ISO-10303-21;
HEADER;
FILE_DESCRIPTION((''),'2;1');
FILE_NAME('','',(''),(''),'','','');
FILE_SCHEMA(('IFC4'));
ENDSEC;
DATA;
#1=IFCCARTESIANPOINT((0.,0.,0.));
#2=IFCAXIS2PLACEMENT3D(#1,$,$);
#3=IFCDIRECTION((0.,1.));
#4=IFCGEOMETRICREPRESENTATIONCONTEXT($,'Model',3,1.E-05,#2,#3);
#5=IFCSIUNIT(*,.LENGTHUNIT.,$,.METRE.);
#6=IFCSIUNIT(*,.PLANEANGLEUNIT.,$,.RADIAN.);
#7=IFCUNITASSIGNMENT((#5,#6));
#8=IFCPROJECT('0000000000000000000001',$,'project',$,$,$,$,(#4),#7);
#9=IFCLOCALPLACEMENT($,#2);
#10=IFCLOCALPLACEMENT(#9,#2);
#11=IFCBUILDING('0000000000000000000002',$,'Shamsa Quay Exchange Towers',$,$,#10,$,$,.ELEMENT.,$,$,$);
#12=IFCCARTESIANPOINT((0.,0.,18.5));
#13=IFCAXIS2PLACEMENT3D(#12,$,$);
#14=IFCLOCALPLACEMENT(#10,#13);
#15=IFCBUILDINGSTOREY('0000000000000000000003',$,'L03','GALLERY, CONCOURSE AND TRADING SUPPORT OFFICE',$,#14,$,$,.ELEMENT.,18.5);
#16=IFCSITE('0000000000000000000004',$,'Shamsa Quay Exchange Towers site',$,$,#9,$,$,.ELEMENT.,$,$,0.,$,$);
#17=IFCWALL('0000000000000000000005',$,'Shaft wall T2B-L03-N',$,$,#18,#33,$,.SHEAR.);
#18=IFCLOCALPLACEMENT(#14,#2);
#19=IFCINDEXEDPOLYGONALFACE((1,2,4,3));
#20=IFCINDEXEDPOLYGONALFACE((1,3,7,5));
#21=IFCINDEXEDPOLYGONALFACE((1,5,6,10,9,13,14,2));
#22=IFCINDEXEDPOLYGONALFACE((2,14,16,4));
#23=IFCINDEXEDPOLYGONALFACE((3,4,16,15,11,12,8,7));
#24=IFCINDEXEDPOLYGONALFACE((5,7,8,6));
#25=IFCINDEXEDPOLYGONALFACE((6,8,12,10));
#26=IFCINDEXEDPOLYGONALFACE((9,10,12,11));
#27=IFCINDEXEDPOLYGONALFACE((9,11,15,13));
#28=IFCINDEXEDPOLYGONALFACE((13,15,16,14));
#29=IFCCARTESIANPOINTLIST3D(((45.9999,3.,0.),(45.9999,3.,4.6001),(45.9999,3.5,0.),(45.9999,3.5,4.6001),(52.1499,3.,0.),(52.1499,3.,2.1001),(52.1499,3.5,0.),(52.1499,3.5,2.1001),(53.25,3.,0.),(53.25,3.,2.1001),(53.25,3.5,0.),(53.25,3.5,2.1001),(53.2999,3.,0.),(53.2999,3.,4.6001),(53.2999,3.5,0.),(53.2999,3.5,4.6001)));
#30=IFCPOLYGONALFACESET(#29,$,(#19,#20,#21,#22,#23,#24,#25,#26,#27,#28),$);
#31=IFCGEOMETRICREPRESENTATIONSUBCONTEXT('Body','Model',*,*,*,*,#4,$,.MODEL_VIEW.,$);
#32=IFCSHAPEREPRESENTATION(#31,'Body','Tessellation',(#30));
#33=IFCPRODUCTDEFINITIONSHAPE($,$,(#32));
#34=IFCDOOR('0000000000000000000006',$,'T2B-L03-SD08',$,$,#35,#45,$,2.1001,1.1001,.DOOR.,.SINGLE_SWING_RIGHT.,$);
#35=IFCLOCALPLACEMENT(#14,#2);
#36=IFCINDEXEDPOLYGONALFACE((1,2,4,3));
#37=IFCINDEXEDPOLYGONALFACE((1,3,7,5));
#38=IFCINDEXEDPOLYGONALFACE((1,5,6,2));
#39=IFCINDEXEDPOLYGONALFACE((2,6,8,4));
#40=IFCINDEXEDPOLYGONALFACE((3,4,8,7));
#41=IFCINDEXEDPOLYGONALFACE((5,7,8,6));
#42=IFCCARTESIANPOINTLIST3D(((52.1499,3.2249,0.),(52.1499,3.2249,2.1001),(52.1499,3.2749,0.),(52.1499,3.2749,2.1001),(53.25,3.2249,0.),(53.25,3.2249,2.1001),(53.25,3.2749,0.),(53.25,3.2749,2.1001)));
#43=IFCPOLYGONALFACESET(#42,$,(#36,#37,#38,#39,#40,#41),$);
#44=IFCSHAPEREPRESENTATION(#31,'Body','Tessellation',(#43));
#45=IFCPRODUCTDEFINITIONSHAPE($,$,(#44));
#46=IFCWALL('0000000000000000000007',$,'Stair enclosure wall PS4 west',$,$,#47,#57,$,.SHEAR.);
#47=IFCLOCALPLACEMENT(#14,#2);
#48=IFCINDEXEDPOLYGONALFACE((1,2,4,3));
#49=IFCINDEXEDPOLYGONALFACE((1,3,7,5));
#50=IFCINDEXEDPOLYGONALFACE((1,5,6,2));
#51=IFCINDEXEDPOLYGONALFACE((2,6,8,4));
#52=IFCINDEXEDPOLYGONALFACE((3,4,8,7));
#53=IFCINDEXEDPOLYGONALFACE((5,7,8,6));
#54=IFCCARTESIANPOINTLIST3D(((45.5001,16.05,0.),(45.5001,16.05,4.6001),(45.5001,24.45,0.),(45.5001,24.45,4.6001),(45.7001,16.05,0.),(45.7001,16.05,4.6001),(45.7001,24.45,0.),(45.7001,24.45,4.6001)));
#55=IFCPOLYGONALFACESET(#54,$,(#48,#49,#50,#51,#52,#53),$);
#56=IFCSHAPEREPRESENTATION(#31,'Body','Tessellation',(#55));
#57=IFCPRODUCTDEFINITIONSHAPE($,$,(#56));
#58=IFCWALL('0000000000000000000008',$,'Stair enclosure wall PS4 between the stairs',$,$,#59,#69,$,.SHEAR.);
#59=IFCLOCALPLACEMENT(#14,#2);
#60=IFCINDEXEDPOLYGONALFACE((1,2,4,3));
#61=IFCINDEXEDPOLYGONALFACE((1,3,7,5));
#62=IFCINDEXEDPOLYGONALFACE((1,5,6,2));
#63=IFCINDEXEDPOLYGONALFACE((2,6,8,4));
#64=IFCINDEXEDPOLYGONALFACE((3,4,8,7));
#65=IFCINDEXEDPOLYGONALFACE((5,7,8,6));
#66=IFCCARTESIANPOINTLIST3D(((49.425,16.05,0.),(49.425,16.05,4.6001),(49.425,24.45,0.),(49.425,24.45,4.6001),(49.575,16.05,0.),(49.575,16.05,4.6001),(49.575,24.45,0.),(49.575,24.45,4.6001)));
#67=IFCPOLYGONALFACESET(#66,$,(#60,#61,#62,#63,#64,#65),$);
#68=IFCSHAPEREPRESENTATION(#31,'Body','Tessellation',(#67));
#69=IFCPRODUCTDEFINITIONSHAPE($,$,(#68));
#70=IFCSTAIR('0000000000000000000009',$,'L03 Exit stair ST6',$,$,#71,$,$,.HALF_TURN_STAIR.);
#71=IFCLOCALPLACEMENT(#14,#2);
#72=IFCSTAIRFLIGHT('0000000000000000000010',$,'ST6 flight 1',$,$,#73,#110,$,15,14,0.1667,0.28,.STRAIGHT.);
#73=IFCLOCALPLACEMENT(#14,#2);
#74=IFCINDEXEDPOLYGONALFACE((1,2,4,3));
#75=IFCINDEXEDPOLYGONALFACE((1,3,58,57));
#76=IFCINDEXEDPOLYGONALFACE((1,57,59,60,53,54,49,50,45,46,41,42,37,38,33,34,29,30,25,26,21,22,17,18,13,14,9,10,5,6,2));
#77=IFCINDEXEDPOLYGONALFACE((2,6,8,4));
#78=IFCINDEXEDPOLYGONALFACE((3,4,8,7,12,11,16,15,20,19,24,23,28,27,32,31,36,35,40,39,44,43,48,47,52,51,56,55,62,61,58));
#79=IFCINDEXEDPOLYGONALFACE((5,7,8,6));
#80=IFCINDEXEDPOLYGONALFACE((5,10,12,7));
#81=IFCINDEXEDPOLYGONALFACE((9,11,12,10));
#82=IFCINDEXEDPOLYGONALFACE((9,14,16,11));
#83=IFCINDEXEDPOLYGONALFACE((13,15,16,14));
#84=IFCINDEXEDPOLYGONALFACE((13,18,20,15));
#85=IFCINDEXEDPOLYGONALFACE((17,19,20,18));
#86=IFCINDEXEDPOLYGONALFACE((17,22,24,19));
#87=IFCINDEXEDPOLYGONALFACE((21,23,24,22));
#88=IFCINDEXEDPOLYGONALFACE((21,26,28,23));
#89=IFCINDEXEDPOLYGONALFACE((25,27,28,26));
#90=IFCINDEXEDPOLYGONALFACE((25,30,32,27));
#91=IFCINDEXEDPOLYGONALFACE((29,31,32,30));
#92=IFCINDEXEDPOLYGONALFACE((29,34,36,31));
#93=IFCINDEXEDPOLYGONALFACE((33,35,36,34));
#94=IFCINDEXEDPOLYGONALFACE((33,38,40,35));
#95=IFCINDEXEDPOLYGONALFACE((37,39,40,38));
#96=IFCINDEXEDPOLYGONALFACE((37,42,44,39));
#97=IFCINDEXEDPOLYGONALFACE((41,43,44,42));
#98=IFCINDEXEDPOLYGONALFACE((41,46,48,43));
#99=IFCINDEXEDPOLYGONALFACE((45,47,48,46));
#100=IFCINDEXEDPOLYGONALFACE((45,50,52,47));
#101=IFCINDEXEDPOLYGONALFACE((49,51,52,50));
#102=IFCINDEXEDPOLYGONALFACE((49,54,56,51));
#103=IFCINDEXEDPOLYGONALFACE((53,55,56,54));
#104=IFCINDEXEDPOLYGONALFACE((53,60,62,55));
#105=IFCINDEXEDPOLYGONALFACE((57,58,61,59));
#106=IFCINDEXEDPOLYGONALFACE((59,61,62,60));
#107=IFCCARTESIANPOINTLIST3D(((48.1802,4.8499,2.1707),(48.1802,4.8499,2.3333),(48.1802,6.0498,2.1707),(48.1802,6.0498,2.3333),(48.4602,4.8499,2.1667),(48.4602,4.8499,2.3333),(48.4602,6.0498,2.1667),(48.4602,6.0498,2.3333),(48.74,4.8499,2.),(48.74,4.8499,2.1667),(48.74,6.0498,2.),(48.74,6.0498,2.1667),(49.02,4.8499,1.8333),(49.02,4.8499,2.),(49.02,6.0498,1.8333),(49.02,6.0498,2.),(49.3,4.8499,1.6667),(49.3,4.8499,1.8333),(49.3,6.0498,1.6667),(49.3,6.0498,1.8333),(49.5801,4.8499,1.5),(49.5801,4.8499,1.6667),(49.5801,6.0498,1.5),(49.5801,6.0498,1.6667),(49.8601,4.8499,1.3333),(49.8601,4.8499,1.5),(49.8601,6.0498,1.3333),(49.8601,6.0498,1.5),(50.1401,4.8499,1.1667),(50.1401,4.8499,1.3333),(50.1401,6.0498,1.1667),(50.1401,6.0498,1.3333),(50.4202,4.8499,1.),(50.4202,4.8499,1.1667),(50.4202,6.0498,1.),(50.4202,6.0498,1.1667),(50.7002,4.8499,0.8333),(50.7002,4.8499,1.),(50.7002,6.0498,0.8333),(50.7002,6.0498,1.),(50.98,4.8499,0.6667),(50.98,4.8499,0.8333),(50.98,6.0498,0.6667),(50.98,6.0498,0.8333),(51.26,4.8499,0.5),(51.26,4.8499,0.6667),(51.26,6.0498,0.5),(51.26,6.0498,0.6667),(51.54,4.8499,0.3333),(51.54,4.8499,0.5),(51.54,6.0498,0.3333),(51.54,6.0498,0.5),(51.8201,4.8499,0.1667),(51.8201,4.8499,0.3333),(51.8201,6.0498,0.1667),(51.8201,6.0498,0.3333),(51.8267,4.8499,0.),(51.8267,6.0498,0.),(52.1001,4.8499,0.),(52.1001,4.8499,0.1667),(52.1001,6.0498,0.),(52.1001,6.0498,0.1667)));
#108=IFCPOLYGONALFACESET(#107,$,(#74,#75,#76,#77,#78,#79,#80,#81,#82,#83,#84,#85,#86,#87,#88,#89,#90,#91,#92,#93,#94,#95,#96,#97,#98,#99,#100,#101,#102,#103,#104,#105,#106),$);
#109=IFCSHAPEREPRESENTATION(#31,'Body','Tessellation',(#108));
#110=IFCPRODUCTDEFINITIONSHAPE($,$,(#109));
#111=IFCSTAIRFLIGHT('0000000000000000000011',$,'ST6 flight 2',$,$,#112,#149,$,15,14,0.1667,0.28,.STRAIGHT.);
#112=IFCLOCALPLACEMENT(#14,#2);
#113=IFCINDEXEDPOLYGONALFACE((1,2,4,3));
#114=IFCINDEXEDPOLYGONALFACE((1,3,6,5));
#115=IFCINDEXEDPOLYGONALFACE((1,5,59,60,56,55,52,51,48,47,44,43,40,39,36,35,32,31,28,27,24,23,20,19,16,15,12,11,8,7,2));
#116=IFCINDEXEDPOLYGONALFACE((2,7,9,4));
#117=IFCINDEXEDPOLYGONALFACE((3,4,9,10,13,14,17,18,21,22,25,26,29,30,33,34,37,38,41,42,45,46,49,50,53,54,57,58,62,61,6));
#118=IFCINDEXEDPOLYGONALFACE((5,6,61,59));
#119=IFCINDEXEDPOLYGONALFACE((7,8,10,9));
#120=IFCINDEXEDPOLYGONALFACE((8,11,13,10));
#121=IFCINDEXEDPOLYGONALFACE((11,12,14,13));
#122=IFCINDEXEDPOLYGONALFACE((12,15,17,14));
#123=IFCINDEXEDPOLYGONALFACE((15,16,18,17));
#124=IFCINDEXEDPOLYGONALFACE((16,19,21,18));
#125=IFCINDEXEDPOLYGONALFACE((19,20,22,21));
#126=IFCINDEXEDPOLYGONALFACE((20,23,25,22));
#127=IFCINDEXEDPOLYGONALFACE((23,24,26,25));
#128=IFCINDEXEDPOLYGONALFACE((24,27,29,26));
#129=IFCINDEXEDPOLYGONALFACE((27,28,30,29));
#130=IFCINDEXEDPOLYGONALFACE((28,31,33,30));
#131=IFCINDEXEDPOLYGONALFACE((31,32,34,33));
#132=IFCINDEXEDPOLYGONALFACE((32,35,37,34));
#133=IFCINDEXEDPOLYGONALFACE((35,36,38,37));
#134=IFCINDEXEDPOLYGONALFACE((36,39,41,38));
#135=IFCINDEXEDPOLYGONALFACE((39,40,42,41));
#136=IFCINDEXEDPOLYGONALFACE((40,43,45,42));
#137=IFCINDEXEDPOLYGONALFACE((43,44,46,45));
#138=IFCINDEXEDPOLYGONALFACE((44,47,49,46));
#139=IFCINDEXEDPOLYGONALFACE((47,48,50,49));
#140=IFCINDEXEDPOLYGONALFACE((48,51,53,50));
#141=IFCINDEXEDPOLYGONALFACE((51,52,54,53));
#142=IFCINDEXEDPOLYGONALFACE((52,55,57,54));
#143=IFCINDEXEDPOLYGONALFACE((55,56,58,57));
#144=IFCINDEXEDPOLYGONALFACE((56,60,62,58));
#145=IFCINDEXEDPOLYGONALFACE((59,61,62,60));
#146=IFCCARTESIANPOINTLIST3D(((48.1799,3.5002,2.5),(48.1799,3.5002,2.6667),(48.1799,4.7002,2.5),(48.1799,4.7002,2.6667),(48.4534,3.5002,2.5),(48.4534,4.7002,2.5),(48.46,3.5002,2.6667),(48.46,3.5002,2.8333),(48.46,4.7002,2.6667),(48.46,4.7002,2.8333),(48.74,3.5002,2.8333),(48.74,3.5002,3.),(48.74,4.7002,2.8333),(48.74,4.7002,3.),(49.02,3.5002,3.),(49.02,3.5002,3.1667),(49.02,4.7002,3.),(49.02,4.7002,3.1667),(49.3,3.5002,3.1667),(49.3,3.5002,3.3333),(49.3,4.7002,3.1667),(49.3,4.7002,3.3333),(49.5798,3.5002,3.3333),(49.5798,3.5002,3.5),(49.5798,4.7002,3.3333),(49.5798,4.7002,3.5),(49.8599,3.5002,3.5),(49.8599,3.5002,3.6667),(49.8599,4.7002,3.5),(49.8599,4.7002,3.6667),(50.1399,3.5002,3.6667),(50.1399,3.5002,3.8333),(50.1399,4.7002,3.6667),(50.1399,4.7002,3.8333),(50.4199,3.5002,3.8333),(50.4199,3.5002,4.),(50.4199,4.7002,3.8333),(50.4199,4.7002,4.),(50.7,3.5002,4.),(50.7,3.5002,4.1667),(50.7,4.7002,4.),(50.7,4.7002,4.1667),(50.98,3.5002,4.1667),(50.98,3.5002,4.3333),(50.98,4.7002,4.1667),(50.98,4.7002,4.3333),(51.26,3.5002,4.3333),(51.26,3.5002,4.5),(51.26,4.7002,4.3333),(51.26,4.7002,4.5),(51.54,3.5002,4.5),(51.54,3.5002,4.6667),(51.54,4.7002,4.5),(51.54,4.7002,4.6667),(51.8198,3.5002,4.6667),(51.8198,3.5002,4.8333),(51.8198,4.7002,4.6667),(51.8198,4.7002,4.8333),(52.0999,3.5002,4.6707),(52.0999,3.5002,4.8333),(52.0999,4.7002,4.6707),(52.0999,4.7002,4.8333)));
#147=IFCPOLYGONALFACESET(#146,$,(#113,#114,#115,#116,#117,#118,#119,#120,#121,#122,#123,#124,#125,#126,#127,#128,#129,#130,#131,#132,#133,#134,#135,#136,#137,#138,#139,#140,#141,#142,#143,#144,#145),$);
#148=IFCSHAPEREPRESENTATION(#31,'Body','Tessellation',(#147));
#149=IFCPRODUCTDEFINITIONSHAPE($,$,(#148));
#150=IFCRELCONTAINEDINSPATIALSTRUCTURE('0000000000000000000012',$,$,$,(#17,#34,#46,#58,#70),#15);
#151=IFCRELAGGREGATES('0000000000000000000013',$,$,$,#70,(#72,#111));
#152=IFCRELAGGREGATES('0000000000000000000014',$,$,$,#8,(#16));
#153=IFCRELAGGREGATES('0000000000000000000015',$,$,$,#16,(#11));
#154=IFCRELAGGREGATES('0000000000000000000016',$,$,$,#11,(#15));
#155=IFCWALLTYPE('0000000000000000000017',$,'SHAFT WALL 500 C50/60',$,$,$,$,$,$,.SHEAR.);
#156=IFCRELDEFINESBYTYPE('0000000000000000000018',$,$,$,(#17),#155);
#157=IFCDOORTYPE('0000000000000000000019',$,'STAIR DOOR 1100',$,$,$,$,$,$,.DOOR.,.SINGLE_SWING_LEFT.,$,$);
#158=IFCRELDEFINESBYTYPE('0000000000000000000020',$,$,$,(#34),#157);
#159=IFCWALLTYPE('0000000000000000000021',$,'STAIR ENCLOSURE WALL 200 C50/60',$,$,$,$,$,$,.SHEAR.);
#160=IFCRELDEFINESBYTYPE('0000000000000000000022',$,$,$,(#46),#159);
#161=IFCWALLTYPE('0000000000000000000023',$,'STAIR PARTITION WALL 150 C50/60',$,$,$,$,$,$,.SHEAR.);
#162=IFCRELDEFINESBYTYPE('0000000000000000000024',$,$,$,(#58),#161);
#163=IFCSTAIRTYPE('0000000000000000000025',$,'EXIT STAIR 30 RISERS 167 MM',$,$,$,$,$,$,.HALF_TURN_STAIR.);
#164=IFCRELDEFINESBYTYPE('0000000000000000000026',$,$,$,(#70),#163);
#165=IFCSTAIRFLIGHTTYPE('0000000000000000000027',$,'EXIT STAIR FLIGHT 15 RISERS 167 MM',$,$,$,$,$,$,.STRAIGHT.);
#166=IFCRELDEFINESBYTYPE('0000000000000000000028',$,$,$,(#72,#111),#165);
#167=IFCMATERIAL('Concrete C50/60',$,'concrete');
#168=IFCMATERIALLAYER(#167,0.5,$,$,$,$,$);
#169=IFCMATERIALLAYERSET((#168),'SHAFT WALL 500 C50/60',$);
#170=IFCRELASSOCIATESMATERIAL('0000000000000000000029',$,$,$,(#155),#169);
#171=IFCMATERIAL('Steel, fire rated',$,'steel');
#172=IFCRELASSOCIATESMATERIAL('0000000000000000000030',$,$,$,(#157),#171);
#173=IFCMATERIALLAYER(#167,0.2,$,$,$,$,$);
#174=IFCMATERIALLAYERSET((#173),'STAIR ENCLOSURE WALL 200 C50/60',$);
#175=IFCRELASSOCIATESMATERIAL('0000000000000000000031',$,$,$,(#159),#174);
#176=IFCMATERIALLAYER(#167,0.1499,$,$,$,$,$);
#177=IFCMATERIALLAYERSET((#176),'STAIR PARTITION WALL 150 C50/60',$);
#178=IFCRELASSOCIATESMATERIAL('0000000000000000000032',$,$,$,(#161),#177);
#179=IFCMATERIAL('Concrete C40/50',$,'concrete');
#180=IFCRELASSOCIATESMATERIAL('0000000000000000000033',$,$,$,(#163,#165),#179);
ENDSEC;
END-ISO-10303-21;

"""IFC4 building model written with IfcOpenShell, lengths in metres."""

from ifc_helpers import new_model, si_unit, direction, frame, frame_2d, origin, place, context, subcontext, project, spatial, polyline, rectangle, outline, extrude, material, layer, layer_set, type_object, element, fill, aggregate, save


model = new_model("IFC4")

# Units and contexts
model_context = context("Model", 3, precision=1e-05, world=origin(), true_north=direction((0.0, 1.0)))
body_context = subcontext(model_context, "Body", "Model", "MODEL_VIEW")
ifc_project = project(units=[si_unit("LENGTHUNIT", "METRE"), si_unit("PLANEANGLEUNIT", "RADIAN")], contexts=[model_context])

# Site, building, storey
site_placement = place(None, origin())
site = spatial("IfcSite", under=ifc_project, at=site_placement, Name="Shamsa Quay Exchange Towers site", CompositionType="ELEMENT", RefElevation=0.0)
building_placement = place(site_placement, origin())
building = spatial("IfcBuilding", under=site, at=building_placement, Name="Shamsa Quay Exchange Towers", CompositionType="ELEMENT")
storey_placement = place(building_placement, frame((0.0, 0.0, 18.5)))
storey = spatial("IfcBuildingStorey", under=building, at=storey_placement, Name="L03", Description="GALLERY, CONCOURSE AND TRADING SUPPORT OFFICE", CompositionType="ELEMENT", Elevation=18.5)

# Shared definitions
ifc_material_1 = material(Name="Concrete C50/60", Category="concrete")
ifc_material_2 = material(Name="Steel, fire rated", Category="steel")

# Wall, opening, door
ifc_layer_1 = layer(ifc_material_1, 0.5)
ifc_layer_set_1 = layer_set([ifc_layer_1], Name="SHAFT WALL 500 C50/60")
wall_type_1 = type_object("IfcWallType", Name="SHAFT WALL 500 C50/60", PredefinedType="SHEAR", material=ifc_layer_set_1)
wall_1_placement = place(storey_placement, frame((46.0, 3.25, 0.0)))
wall_1 = element("IfcWall", 1, at=wall_1_placement, inside=storey, type_object=wall_type_1, Name="Shaft wall T2B-L03-N", PredefinedType="SHEAR", context=body_context, shape_type="SweptSolid", body=[
    extrude(rectangle(XDim=7.3, YDim=0.5, at=frame_2d((3.6499, 0.0))), origin(), (0.0, 0.0, 1.0), 4.6001),
])
opening_1_placement = place(wall_1_placement, frame((6.1499, 0.0, 0.0)))
opening_1 = element("IfcOpeningElement", 2, at=opening_1_placement, cuts=wall_1, PredefinedType="OPENING", context=body_context, shape_type="SweptSolid", body=[
    extrude(rectangle(XDim=1.1001, YDim=2.1001, at=frame_2d((0.55, 1.05))), frame((0.0, 0.26, 0.0), z_axis=(0.0, -1.0, 0.0), x_axis=(1.0, 0.0, 0.0)), (0.0, 0.0, 1.0), 0.52),
])
door_type_1 = type_object("IfcDoorType", Name="STAIR DOOR 1100", OperationType="SINGLE_SWING_LEFT", PredefinedType="DOOR", material=ifc_material_2)
door_1_placement = place(opening_1_placement, origin())
door_1 = element("IfcDoor", 3, at=door_1_placement, inside=storey, type_object=door_type_1, Name="T2B-L03-SD08", OperationType="SINGLE_SWING_RIGHT", OverallHeight=2.1001, OverallWidth=1.1001, PredefinedType="DOOR", context=body_context, shape_type="SweptSolid", body=[
    extrude(rectangle(XDim=1.1001, YDim=2.1001, at=frame_2d((0.55, 1.05))), frame((0.0, 0.0249, 0.0), z_axis=(0.0, -1.0, 0.0), x_axis=(1.0, 0.0, 0.0)), (0.0, 0.0, 1.0), 0.05),
])
fill(opening_1, door_1)

# Shared definitions
ifc_layer_2 = layer(ifc_material_1, 0.2)
ifc_layer_set_2 = layer_set([ifc_layer_2], Name="STAIR ENCLOSURE WALL 200 C50/60")
wall_type_2 = type_object("IfcWallType", Name="STAIR ENCLOSURE WALL 200 C50/60", PredefinedType="SHEAR", material=ifc_layer_set_2)

# Walls
wall_2_placement = place(storey_placement, frame((45.6001, 16.05, 0.0), z_axis=(0.0, 0.0, 1.0), x_axis=(0.0, 1.0, 0.0)))
element("IfcWall", 4, at=wall_2_placement, inside=storey, type_object=wall_type_2, Name="Stair enclosure wall PS4 west", PredefinedType="SHEAR", context=body_context, shape_type="SweptSolid", body=[
    extrude(rectangle(XDim=8.3999, YDim=0.2, at=frame_2d((4.2, 0.0))), origin(), (0.0, 0.0, 1.0), 4.6001),
])
ifc_layer_3 = layer(ifc_material_1, 0.1499)
ifc_layer_set_3 = layer_set([ifc_layer_3], Name="STAIR PARTITION WALL 150 C50/60")
wall_type_3 = type_object("IfcWallType", Name="STAIR PARTITION WALL 150 C50/60", PredefinedType="SHEAR", material=ifc_layer_set_3)
wall_3_placement = place(storey_placement, frame((49.5, 16.05, 0.0), z_axis=(0.0, 0.0, 1.0), x_axis=(0.0, 1.0, 0.0)))
element("IfcWall", 5, at=wall_3_placement, inside=storey, type_object=wall_type_3, Name="Stair enclosure wall PS4 between the stairs", PredefinedType="SHEAR", context=body_context, shape_type="SweptSolid", body=[
    extrude(rectangle(XDim=8.3999, YDim=0.1499, at=frame_2d((4.2, 0.0))), origin(), (0.0, 0.0, 1.0), 4.6001),
])

# Stair, stair flights
ifc_material_3 = material(Name="Concrete C40/50", Category="concrete")
stair_type = type_object("IfcStairType", Name="EXIT STAIR 30 RISERS 167 MM", PredefinedType="HALF_TURN_STAIR", material=ifc_material_3)
stair_placement = place(storey_placement, origin())
stair = element("IfcStair", 6, at=stair_placement, inside=storey, type_object=stair_type, Name="L03 Exit stair ST6", PredefinedType="HALF_TURN_STAIR")
stair_flight_type = type_object("IfcStairFlightType", Name="EXIT STAIR FLIGHT 15 RISERS 167 MM", PredefinedType="STRAIGHT", material=ifc_material_3)
stair_flight_1_placement = place(storey_placement, frame((52.1001, 5.45, 0.0), z_axis=(0.0, 0.0, 1.0), x_axis=(-1.0, 0.0, 0.0)))
stair_flight_1 = element("IfcStairFlight", 7, at=stair_flight_1_placement, type_object=stair_flight_type, Name="ST6 flight 1", NumberOfRisers=15, NumberOfTreads=14, PredefinedType="STRAIGHT", RiserHeight=0.1667, TreadLength=0.28, context=body_context, shape_type="SweptSolid", body=[
    extrude(outline(polyline([(0.0, 0.0), (0.0, 0.1667), (0.28, 0.1667), (0.28, 0.3333), (0.5601, 0.3333), (0.5601, 0.5), (0.8401, 0.5), (0.8401, 0.6667), (1.1201, 0.6667), (1.1201, 0.8333), (1.3999, 0.8333), (1.3999, 1.0), (1.6799, 1.0), (1.6799, 1.1667), (1.96, 1.1667), (1.96, 1.3333), (2.24, 1.3333), (2.24, 1.5), (2.52, 1.5), (2.52, 1.6667), (2.8, 1.6667), (2.8, 1.8333), (3.0801, 1.8333), (3.0801, 2.0), (3.3601, 2.0), (3.3601, 2.1667), (3.6399, 2.1667), (3.6399, 2.3333), (3.9199, 2.3333), (3.9199, 2.5), (3.9199, 2.1707), (0.2734, 0.0), (0.0, 0.0)])), frame((0.0, 0.6001, 0.0), z_axis=(0.0, -1.0, 0.0), x_axis=(1.0, 0.0, 0.0)), (0.0, 0.0, 1.0), 1.2),
])
stair_flight_2_placement = place(storey_placement, frame((48.1799, 4.1001, 2.5)))
stair_flight_2 = element("IfcStairFlight", 8, at=stair_flight_2_placement, type_object=stair_flight_type, Name="ST6 flight 2", NumberOfRisers=15, NumberOfTreads=14, PredefinedType="STRAIGHT", RiserHeight=0.1667, TreadLength=0.28, context=body_context, shape_type="SweptSolid", body=[
    extrude(outline(polyline([(0.0, 0.0), (0.0, 0.1667), (0.28, 0.1667), (0.28, 0.3333), (0.5601, 0.3333), (0.5601, 0.5), (0.8401, 0.5), (0.8401, 0.6667), (1.1201, 0.6667), (1.1201, 0.8333), (1.3999, 0.8333), (1.3999, 1.0), (1.6799, 1.0), (1.6799, 1.1667), (1.96, 1.1667), (1.96, 1.3333), (2.24, 1.3333), (2.24, 1.5), (2.52, 1.5), (2.52, 1.6667), (2.8, 1.6667), (2.8, 1.8333), (3.0801, 1.8333), (3.0801, 2.0), (3.3601, 2.0), (3.3601, 2.1667), (3.6399, 2.1667), (3.6399, 2.3333), (3.9199, 2.3333), (3.9199, 2.5), (3.9199, 2.1707), (0.2734, 0.0), (0.0, 0.0)])), frame((0.0, 0.6001, 0.0), z_axis=(0.0, -1.0, 0.0), x_axis=(1.0, 0.0, 0.0)), (0.0, 0.0, 1.0), 1.2),
])
aggregate(stair, [stair_flight_1, stair_flight_2])

save(model, "model.ifc")
